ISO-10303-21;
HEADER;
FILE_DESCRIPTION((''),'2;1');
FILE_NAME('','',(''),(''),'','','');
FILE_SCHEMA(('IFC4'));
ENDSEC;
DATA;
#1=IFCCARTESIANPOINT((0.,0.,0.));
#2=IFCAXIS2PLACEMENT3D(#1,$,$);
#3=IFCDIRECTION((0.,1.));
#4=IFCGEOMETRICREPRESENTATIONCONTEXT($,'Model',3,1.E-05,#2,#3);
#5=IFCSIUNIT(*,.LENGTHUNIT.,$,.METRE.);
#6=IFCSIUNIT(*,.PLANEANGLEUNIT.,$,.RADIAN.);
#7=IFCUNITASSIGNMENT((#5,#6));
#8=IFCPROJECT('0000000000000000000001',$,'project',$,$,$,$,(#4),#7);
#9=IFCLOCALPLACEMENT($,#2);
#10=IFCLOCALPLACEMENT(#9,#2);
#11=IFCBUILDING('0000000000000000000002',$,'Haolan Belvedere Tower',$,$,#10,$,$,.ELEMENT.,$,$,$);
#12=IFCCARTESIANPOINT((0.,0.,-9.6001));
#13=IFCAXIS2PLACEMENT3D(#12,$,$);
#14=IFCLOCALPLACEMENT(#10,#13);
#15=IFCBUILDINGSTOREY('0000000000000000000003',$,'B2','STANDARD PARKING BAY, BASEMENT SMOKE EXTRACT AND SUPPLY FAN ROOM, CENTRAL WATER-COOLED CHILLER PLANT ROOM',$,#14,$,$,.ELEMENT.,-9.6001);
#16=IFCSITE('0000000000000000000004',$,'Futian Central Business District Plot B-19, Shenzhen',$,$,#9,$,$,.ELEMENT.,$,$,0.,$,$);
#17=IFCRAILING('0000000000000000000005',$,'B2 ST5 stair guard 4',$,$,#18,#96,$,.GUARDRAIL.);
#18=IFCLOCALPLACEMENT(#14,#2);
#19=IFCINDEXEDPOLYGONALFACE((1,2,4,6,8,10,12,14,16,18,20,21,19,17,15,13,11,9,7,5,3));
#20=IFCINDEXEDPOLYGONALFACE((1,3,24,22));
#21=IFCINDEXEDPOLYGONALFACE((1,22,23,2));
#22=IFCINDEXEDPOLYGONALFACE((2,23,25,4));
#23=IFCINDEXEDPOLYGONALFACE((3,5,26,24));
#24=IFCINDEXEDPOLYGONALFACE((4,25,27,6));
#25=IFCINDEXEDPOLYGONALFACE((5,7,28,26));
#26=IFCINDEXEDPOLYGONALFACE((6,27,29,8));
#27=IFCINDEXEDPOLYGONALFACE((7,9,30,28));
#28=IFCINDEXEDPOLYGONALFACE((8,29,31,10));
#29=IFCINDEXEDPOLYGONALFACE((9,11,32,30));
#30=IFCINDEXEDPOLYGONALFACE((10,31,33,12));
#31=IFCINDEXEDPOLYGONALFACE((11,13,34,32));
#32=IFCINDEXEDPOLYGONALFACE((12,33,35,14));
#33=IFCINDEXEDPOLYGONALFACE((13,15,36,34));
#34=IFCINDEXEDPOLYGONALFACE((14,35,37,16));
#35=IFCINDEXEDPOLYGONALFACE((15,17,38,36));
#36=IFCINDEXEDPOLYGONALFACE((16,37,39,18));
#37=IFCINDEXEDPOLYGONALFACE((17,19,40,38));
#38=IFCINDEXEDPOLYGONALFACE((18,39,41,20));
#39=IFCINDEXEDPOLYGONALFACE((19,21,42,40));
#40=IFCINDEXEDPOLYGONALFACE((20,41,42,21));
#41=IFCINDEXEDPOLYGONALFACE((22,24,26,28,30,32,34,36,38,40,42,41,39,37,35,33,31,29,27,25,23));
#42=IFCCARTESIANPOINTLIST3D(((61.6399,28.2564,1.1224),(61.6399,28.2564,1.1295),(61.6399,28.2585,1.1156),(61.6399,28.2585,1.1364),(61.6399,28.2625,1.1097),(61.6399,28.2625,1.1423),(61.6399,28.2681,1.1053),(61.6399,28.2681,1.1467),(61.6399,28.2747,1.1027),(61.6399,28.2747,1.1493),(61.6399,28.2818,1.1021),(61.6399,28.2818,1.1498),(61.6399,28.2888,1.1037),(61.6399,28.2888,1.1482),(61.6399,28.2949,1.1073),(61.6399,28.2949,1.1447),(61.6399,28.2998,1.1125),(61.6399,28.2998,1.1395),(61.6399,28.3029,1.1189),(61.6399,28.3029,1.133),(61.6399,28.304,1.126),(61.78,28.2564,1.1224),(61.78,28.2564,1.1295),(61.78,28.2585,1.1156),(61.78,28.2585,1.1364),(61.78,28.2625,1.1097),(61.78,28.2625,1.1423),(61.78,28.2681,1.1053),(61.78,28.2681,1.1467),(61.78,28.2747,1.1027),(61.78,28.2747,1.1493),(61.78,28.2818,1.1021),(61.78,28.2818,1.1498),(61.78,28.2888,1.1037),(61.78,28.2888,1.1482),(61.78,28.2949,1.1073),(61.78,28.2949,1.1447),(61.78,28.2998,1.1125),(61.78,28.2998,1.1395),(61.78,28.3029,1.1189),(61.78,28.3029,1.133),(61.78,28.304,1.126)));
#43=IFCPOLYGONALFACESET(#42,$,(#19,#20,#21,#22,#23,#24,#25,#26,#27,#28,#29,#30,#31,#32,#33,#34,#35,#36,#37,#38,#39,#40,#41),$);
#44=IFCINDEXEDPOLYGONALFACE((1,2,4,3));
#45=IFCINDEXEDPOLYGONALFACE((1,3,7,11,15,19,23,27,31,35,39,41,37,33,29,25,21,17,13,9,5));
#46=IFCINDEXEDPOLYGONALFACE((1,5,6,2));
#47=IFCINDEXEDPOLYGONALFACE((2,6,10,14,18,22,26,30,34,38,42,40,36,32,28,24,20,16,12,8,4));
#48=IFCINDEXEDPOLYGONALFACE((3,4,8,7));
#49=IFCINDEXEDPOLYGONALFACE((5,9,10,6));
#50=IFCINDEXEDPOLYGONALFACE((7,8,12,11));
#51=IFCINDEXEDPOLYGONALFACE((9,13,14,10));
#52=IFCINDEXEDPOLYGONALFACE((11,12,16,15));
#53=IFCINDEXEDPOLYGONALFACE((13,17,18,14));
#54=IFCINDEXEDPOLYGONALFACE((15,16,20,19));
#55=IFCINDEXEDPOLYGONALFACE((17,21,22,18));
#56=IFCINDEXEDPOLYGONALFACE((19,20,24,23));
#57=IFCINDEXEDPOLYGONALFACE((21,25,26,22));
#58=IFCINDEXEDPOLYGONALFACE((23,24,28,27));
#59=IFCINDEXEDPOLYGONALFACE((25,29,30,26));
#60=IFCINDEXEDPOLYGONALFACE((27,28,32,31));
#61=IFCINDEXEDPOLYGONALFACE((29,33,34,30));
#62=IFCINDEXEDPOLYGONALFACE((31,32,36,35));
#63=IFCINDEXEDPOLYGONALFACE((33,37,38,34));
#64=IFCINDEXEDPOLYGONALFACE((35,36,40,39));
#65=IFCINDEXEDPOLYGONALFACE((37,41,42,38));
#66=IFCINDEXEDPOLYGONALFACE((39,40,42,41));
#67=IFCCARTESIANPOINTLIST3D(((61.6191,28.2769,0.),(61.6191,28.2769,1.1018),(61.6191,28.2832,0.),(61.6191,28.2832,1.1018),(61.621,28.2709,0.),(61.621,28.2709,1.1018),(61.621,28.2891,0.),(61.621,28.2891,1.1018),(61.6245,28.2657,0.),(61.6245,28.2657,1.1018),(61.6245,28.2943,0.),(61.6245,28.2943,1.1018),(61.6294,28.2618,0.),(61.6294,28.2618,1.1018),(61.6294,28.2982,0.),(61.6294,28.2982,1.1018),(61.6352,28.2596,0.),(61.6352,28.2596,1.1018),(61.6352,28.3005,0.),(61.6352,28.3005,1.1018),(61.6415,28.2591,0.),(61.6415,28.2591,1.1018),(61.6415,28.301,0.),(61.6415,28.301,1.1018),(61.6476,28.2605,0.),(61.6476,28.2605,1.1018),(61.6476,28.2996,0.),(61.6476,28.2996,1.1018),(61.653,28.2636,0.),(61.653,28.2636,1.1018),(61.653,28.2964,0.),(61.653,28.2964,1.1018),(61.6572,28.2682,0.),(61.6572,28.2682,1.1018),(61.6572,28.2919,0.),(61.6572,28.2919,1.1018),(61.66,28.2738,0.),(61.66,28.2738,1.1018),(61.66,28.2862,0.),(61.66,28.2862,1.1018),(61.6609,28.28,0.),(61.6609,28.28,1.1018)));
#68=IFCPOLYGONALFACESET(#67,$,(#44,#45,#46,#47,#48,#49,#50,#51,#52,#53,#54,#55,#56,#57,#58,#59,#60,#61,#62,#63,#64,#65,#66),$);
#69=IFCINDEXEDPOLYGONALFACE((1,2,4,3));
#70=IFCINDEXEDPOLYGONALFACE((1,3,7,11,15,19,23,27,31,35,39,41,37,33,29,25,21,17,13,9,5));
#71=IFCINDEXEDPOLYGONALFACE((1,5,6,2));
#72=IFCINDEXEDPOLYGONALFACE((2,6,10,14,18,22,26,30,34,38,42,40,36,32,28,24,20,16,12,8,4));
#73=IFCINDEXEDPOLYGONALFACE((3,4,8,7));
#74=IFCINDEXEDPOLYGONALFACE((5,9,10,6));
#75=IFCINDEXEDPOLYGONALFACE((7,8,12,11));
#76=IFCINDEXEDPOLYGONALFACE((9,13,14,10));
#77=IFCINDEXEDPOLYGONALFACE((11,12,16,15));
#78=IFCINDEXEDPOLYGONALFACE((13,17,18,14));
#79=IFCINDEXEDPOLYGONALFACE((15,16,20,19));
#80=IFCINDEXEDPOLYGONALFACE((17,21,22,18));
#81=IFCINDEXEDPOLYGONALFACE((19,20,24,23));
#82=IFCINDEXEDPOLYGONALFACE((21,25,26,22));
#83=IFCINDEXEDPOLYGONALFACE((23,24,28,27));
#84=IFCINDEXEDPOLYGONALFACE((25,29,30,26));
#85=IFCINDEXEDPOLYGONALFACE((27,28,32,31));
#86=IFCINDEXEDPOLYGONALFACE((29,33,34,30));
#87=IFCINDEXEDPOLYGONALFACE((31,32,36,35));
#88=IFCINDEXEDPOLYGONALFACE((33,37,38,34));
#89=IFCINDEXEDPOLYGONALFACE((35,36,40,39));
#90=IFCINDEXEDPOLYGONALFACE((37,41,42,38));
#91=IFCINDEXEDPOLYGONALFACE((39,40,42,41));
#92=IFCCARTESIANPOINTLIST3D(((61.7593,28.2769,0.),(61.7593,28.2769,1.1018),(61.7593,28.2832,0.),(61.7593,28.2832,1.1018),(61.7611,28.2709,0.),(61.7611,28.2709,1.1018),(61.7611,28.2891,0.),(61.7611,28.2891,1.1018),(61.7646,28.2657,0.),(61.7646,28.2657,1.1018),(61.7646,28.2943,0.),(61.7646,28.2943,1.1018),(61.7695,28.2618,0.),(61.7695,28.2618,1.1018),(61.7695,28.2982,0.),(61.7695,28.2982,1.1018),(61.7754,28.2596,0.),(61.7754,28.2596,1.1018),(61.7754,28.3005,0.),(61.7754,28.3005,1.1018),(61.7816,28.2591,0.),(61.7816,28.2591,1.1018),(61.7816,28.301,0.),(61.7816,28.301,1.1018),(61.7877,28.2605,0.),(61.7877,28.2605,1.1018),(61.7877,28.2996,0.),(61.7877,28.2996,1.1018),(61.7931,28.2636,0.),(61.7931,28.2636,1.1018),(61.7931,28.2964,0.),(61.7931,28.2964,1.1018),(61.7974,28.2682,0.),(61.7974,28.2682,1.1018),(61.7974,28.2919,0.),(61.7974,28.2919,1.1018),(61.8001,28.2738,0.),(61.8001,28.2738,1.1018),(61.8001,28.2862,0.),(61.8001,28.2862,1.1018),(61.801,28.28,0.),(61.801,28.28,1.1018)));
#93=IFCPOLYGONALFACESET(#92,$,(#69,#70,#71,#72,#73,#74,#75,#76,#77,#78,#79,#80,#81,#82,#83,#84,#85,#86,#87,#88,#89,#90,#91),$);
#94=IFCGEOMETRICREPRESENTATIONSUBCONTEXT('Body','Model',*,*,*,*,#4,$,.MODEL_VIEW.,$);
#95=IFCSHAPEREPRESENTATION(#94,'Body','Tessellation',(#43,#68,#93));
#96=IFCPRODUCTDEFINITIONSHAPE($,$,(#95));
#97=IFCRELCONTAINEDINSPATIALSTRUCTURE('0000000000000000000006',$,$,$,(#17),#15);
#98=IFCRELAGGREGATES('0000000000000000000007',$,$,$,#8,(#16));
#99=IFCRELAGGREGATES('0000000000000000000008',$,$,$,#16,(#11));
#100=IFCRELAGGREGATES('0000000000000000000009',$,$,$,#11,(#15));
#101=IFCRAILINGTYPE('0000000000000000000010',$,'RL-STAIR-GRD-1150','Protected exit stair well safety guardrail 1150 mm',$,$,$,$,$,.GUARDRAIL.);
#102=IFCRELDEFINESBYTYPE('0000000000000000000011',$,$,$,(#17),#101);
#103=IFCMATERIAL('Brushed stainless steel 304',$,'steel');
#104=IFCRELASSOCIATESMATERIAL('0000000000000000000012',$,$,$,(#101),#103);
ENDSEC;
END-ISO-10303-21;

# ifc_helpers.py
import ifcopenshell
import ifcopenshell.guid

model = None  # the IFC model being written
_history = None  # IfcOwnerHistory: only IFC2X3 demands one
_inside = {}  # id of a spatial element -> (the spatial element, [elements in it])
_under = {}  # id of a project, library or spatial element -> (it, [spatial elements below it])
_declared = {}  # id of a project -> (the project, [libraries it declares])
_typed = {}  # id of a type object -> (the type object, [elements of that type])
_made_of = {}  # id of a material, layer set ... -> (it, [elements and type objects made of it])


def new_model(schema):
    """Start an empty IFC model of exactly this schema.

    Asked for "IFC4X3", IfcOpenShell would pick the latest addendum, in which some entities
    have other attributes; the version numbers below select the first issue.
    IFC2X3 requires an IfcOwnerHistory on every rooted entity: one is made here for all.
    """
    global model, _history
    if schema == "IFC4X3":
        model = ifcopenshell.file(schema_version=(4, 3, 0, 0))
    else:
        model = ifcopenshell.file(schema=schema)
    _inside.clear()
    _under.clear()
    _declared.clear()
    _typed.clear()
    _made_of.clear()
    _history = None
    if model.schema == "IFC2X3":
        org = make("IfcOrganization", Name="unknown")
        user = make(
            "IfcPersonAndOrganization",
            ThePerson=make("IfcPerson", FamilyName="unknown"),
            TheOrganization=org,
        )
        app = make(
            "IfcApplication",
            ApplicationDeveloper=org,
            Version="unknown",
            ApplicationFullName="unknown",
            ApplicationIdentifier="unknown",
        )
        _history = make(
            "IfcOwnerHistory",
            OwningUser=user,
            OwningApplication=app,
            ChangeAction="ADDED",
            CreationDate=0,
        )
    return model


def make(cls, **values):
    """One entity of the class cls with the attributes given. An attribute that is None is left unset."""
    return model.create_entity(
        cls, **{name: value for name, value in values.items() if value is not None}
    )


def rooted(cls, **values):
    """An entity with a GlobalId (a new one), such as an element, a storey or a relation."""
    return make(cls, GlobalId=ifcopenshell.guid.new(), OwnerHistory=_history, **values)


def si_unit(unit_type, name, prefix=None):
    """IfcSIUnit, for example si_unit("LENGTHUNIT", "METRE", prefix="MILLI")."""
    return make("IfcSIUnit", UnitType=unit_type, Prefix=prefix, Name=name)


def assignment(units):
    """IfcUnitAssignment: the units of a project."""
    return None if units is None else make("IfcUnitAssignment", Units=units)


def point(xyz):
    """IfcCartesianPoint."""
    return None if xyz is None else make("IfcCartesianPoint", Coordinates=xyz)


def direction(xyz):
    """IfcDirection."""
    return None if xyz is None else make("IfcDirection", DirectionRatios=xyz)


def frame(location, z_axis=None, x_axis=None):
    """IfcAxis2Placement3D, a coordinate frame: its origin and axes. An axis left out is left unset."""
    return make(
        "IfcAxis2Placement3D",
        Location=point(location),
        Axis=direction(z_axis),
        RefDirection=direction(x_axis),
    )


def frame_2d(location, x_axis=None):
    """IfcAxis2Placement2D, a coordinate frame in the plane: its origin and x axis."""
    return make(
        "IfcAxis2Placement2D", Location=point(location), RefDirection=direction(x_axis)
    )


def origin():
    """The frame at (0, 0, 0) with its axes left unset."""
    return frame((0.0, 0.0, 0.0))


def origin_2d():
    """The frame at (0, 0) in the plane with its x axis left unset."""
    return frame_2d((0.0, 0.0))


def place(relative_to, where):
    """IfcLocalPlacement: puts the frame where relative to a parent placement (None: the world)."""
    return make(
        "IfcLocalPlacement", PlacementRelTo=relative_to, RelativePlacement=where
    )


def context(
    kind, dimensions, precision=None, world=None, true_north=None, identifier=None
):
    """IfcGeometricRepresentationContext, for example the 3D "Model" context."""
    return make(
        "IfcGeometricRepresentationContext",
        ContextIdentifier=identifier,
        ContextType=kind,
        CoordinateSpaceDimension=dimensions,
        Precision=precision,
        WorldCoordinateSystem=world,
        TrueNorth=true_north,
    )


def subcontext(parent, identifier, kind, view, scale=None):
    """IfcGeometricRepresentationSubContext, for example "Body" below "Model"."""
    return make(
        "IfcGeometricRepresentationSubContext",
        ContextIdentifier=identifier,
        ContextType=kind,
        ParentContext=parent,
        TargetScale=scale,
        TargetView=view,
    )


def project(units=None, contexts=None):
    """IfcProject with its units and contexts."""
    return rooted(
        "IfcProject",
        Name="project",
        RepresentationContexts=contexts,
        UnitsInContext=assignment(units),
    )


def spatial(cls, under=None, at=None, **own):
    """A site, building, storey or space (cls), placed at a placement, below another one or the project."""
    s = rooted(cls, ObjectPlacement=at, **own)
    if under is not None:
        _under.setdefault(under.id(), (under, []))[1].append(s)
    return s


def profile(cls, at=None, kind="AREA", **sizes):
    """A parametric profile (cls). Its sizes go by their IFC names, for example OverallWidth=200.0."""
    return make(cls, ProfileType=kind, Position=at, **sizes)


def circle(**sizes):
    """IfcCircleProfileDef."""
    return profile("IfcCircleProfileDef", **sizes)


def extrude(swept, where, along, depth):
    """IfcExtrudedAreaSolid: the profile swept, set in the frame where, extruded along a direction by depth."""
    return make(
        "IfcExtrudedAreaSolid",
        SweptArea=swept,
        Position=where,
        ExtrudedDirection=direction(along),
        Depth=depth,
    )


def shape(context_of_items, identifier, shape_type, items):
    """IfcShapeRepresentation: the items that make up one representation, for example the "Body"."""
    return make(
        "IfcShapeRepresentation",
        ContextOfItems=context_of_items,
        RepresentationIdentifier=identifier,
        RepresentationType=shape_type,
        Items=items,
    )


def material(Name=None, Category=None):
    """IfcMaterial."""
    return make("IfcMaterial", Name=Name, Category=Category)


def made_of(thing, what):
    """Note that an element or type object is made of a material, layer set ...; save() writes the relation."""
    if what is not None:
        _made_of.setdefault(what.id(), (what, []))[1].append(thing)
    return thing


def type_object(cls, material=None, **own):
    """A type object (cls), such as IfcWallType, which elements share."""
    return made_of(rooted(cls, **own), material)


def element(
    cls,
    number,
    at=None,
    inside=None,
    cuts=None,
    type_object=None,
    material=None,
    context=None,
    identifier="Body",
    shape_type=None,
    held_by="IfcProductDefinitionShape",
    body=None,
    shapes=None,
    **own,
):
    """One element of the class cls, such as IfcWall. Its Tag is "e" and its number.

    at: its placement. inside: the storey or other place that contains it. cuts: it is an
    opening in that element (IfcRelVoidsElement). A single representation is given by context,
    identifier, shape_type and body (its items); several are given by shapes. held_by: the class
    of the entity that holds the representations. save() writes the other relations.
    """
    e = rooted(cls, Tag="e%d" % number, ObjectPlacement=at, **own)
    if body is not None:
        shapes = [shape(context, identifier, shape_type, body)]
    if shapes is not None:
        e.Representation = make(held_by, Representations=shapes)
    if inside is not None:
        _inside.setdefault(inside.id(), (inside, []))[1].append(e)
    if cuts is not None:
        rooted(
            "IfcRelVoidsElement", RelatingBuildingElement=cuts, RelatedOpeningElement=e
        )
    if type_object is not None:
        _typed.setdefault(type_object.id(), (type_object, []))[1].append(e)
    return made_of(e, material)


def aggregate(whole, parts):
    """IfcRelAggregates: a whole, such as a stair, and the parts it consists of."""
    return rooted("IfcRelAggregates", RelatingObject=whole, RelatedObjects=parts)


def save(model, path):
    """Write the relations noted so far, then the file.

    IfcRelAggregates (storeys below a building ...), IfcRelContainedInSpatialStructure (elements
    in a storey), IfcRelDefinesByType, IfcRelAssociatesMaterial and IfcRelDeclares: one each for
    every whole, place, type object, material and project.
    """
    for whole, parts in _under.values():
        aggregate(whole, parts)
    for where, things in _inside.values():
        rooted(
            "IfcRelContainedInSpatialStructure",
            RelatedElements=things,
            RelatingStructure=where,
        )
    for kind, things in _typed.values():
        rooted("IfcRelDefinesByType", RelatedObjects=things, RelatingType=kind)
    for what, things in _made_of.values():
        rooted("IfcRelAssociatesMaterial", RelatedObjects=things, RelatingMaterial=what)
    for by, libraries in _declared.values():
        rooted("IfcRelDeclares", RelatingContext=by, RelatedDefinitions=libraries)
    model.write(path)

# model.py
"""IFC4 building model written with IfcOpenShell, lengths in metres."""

from ifc_helpers import new_model, si_unit, direction, frame, origin, origin_2d, place, context, subcontext, project, spatial, circle, extrude, material, type_object, element, save


model = new_model("IFC4")

# Units and contexts
model_context = context("Model", 3, precision=1e-05, world=origin(), true_north=direction((0.0, 1.0)))
body_context = subcontext(model_context, "Body", "Model", "MODEL_VIEW")
ifc_project = project(units=[si_unit("LENGTHUNIT", "METRE"), si_unit("PLANEANGLEUNIT", "RADIAN")], contexts=[model_context])

# Site, building, storey
site_placement = place(None, origin())
site = spatial("IfcSite", under=ifc_project, at=site_placement, Name="Futian Central Business District Plot B-19, Shenzhen", CompositionType="ELEMENT", RefElevation=0.0)
building_placement = place(site_placement, origin())
building = spatial("IfcBuilding", under=site, at=building_placement, Name="Haolan Belvedere Tower", CompositionType="ELEMENT")
storey_placement = place(building_placement, frame((0.0, 0.0, -9.6001)))
storey = spatial("IfcBuildingStorey", under=building, at=storey_placement, Name="B2", Description="STANDARD PARKING BAY, BASEMENT SMOKE EXTRACT AND SUPPLY FAN ROOM, CENTRAL WATER-COOLED CHILLER PLANT ROOM", CompositionType="ELEMENT", Elevation=-9.6001)

# Railing
ifc_material_1 = material(Name="Brushed stainless steel 304", Category="steel")
railing_type_1 = type_object("IfcRailingType", Name="RL-STAIR-GRD-1150", Description="Protected exit stair well safety guardrail 1150 mm", PredefinedType="GUARDRAIL", material=ifc_material_1)
railing_1_placement = place(storey_placement, frame((61.6399, 28.28, 0.0)))
element("IfcRailing", 1, at=railing_1_placement, inside=storey, type_object=railing_type_1, Name="B2 ST5 stair guard 4", PredefinedType="GUARDRAIL", context=body_context, shape_type="SweptSolid", body=[
    extrude(circle(Radius=0.0239, at=origin_2d()), frame((0.0, 0.0, 1.126), z_axis=(1.0, 0.0, 0.0), x_axis=(0.0, 1.0, 0.0)), (0.0, 0.0, 1.0), 0.1401),
    extrude(circle(Radius=0.021, at=origin_2d()), origin(), (0.0, 0.0, 1.0), 1.1018),
    extrude(circle(Radius=0.021, at=origin_2d()), frame((0.1401, 0.0, 0.0)), (0.0, 0.0, 1.0), 1.1018),
])

save(model, "model.ifc")
